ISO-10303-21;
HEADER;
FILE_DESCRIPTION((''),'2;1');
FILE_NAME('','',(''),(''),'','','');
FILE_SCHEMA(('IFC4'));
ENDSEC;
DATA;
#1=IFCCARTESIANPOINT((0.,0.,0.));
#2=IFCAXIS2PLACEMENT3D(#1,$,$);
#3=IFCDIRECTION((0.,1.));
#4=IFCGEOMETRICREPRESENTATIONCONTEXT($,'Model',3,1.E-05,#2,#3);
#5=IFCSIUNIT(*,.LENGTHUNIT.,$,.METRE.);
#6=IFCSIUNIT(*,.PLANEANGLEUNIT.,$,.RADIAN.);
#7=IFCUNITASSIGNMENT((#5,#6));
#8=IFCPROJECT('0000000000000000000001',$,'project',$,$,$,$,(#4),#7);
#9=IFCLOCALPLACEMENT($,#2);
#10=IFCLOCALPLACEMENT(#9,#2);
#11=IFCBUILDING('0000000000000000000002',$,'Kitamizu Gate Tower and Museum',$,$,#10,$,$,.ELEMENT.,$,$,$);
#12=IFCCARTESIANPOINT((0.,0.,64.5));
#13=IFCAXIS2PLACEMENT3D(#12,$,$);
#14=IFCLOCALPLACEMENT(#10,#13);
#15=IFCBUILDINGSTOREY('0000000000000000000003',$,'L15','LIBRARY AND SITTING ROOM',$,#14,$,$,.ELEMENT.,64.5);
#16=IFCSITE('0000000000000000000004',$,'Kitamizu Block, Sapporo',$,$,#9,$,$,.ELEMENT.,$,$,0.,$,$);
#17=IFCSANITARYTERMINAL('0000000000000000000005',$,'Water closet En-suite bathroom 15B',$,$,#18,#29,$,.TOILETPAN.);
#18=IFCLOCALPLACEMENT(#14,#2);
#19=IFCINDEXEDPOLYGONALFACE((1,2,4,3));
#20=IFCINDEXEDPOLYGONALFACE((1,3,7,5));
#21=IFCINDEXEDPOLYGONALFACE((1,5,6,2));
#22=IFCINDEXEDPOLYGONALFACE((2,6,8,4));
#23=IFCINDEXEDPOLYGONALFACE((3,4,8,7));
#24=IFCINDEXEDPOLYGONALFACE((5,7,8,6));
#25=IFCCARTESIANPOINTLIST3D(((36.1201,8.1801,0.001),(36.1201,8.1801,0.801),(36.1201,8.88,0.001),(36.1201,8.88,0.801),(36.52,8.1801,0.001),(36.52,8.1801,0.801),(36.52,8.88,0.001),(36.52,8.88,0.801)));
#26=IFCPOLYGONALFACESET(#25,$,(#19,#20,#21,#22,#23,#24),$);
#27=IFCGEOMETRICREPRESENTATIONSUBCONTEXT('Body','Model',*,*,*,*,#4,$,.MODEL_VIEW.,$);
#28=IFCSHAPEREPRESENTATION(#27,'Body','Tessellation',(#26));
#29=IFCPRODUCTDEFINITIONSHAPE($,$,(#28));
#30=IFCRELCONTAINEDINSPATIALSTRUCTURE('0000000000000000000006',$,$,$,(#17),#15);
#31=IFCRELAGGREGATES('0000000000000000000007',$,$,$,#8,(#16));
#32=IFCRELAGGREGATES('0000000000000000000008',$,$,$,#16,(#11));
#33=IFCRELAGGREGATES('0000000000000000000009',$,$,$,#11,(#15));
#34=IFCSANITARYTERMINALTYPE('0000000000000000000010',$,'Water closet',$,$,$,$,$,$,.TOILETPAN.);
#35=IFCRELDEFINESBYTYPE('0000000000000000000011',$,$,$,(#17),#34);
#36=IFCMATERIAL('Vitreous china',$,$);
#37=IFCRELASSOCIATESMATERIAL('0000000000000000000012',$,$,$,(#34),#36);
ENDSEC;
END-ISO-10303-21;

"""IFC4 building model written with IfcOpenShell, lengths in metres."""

from ifc_helpers import new_model, si_unit, direction, frame, origin, origin_2d, place, context, subcontext, project, spatial, rectangle, extrude, material, type_object, element, save


model = new_model("IFC4")

# Units and contexts
model_context = context("Model", 3, precision=1e-05, world=origin(), true_north=direction((0.0, 1.0)))
body_context = subcontext(model_context, "Body", "Model", "MODEL_VIEW")
ifc_project = project(units=[si_unit("LENGTHUNIT", "METRE"), si_unit("PLANEANGLEUNIT", "RADIAN")], contexts=[model_context])

# Site, building, storey
site_placement = place(None, origin())
site = spatial("IfcSite", under=ifc_project, at=site_placement, Name="Kitamizu Block, Sapporo", CompositionType="ELEMENT", RefElevation=0.0)
building_placement = place(site_placement, origin())
building = spatial("IfcBuilding", under=site, at=building_placement, Name="Kitamizu Gate Tower and Museum", CompositionType="ELEMENT")
storey_placement = place(building_placement, frame((0.0, 0.0, 64.5)))
storey = spatial("IfcBuildingStorey", under=building, at=storey_placement, Name="L15", Description="LIBRARY AND SITTING ROOM", CompositionType="ELEMENT", Elevation=64.5)

# Sanitary terminal
ifc_material_1 = material(Name="Vitreous china")
sanitary_terminal_type_1 = type_object("IfcSanitaryTerminalType", Name="Water closet", PredefinedType="TOILETPAN", material=ifc_material_1)
sanitary_terminal_1_placement = place(storey_placement, frame((36.3201, 8.53, 0.001), z_axis=(0.0, 0.0, 1.0), x_axis=(1.0, 0.0, 0.0)))
element("IfcSanitaryTerminal", 1, at=sanitary_terminal_1_placement, inside=storey, type_object=sanitary_terminal_type_1, Name="Water closet En-suite bathroom 15B", PredefinedType="TOILETPAN", context=body_context, shape_type="SweptSolid", body=[
    extrude(rectangle(XDim=0.3999, YDim=0.7, at=origin_2d()), origin(), (0.0, 0.0, 1.0), 0.8),
])

save(model, "model.ifc")
